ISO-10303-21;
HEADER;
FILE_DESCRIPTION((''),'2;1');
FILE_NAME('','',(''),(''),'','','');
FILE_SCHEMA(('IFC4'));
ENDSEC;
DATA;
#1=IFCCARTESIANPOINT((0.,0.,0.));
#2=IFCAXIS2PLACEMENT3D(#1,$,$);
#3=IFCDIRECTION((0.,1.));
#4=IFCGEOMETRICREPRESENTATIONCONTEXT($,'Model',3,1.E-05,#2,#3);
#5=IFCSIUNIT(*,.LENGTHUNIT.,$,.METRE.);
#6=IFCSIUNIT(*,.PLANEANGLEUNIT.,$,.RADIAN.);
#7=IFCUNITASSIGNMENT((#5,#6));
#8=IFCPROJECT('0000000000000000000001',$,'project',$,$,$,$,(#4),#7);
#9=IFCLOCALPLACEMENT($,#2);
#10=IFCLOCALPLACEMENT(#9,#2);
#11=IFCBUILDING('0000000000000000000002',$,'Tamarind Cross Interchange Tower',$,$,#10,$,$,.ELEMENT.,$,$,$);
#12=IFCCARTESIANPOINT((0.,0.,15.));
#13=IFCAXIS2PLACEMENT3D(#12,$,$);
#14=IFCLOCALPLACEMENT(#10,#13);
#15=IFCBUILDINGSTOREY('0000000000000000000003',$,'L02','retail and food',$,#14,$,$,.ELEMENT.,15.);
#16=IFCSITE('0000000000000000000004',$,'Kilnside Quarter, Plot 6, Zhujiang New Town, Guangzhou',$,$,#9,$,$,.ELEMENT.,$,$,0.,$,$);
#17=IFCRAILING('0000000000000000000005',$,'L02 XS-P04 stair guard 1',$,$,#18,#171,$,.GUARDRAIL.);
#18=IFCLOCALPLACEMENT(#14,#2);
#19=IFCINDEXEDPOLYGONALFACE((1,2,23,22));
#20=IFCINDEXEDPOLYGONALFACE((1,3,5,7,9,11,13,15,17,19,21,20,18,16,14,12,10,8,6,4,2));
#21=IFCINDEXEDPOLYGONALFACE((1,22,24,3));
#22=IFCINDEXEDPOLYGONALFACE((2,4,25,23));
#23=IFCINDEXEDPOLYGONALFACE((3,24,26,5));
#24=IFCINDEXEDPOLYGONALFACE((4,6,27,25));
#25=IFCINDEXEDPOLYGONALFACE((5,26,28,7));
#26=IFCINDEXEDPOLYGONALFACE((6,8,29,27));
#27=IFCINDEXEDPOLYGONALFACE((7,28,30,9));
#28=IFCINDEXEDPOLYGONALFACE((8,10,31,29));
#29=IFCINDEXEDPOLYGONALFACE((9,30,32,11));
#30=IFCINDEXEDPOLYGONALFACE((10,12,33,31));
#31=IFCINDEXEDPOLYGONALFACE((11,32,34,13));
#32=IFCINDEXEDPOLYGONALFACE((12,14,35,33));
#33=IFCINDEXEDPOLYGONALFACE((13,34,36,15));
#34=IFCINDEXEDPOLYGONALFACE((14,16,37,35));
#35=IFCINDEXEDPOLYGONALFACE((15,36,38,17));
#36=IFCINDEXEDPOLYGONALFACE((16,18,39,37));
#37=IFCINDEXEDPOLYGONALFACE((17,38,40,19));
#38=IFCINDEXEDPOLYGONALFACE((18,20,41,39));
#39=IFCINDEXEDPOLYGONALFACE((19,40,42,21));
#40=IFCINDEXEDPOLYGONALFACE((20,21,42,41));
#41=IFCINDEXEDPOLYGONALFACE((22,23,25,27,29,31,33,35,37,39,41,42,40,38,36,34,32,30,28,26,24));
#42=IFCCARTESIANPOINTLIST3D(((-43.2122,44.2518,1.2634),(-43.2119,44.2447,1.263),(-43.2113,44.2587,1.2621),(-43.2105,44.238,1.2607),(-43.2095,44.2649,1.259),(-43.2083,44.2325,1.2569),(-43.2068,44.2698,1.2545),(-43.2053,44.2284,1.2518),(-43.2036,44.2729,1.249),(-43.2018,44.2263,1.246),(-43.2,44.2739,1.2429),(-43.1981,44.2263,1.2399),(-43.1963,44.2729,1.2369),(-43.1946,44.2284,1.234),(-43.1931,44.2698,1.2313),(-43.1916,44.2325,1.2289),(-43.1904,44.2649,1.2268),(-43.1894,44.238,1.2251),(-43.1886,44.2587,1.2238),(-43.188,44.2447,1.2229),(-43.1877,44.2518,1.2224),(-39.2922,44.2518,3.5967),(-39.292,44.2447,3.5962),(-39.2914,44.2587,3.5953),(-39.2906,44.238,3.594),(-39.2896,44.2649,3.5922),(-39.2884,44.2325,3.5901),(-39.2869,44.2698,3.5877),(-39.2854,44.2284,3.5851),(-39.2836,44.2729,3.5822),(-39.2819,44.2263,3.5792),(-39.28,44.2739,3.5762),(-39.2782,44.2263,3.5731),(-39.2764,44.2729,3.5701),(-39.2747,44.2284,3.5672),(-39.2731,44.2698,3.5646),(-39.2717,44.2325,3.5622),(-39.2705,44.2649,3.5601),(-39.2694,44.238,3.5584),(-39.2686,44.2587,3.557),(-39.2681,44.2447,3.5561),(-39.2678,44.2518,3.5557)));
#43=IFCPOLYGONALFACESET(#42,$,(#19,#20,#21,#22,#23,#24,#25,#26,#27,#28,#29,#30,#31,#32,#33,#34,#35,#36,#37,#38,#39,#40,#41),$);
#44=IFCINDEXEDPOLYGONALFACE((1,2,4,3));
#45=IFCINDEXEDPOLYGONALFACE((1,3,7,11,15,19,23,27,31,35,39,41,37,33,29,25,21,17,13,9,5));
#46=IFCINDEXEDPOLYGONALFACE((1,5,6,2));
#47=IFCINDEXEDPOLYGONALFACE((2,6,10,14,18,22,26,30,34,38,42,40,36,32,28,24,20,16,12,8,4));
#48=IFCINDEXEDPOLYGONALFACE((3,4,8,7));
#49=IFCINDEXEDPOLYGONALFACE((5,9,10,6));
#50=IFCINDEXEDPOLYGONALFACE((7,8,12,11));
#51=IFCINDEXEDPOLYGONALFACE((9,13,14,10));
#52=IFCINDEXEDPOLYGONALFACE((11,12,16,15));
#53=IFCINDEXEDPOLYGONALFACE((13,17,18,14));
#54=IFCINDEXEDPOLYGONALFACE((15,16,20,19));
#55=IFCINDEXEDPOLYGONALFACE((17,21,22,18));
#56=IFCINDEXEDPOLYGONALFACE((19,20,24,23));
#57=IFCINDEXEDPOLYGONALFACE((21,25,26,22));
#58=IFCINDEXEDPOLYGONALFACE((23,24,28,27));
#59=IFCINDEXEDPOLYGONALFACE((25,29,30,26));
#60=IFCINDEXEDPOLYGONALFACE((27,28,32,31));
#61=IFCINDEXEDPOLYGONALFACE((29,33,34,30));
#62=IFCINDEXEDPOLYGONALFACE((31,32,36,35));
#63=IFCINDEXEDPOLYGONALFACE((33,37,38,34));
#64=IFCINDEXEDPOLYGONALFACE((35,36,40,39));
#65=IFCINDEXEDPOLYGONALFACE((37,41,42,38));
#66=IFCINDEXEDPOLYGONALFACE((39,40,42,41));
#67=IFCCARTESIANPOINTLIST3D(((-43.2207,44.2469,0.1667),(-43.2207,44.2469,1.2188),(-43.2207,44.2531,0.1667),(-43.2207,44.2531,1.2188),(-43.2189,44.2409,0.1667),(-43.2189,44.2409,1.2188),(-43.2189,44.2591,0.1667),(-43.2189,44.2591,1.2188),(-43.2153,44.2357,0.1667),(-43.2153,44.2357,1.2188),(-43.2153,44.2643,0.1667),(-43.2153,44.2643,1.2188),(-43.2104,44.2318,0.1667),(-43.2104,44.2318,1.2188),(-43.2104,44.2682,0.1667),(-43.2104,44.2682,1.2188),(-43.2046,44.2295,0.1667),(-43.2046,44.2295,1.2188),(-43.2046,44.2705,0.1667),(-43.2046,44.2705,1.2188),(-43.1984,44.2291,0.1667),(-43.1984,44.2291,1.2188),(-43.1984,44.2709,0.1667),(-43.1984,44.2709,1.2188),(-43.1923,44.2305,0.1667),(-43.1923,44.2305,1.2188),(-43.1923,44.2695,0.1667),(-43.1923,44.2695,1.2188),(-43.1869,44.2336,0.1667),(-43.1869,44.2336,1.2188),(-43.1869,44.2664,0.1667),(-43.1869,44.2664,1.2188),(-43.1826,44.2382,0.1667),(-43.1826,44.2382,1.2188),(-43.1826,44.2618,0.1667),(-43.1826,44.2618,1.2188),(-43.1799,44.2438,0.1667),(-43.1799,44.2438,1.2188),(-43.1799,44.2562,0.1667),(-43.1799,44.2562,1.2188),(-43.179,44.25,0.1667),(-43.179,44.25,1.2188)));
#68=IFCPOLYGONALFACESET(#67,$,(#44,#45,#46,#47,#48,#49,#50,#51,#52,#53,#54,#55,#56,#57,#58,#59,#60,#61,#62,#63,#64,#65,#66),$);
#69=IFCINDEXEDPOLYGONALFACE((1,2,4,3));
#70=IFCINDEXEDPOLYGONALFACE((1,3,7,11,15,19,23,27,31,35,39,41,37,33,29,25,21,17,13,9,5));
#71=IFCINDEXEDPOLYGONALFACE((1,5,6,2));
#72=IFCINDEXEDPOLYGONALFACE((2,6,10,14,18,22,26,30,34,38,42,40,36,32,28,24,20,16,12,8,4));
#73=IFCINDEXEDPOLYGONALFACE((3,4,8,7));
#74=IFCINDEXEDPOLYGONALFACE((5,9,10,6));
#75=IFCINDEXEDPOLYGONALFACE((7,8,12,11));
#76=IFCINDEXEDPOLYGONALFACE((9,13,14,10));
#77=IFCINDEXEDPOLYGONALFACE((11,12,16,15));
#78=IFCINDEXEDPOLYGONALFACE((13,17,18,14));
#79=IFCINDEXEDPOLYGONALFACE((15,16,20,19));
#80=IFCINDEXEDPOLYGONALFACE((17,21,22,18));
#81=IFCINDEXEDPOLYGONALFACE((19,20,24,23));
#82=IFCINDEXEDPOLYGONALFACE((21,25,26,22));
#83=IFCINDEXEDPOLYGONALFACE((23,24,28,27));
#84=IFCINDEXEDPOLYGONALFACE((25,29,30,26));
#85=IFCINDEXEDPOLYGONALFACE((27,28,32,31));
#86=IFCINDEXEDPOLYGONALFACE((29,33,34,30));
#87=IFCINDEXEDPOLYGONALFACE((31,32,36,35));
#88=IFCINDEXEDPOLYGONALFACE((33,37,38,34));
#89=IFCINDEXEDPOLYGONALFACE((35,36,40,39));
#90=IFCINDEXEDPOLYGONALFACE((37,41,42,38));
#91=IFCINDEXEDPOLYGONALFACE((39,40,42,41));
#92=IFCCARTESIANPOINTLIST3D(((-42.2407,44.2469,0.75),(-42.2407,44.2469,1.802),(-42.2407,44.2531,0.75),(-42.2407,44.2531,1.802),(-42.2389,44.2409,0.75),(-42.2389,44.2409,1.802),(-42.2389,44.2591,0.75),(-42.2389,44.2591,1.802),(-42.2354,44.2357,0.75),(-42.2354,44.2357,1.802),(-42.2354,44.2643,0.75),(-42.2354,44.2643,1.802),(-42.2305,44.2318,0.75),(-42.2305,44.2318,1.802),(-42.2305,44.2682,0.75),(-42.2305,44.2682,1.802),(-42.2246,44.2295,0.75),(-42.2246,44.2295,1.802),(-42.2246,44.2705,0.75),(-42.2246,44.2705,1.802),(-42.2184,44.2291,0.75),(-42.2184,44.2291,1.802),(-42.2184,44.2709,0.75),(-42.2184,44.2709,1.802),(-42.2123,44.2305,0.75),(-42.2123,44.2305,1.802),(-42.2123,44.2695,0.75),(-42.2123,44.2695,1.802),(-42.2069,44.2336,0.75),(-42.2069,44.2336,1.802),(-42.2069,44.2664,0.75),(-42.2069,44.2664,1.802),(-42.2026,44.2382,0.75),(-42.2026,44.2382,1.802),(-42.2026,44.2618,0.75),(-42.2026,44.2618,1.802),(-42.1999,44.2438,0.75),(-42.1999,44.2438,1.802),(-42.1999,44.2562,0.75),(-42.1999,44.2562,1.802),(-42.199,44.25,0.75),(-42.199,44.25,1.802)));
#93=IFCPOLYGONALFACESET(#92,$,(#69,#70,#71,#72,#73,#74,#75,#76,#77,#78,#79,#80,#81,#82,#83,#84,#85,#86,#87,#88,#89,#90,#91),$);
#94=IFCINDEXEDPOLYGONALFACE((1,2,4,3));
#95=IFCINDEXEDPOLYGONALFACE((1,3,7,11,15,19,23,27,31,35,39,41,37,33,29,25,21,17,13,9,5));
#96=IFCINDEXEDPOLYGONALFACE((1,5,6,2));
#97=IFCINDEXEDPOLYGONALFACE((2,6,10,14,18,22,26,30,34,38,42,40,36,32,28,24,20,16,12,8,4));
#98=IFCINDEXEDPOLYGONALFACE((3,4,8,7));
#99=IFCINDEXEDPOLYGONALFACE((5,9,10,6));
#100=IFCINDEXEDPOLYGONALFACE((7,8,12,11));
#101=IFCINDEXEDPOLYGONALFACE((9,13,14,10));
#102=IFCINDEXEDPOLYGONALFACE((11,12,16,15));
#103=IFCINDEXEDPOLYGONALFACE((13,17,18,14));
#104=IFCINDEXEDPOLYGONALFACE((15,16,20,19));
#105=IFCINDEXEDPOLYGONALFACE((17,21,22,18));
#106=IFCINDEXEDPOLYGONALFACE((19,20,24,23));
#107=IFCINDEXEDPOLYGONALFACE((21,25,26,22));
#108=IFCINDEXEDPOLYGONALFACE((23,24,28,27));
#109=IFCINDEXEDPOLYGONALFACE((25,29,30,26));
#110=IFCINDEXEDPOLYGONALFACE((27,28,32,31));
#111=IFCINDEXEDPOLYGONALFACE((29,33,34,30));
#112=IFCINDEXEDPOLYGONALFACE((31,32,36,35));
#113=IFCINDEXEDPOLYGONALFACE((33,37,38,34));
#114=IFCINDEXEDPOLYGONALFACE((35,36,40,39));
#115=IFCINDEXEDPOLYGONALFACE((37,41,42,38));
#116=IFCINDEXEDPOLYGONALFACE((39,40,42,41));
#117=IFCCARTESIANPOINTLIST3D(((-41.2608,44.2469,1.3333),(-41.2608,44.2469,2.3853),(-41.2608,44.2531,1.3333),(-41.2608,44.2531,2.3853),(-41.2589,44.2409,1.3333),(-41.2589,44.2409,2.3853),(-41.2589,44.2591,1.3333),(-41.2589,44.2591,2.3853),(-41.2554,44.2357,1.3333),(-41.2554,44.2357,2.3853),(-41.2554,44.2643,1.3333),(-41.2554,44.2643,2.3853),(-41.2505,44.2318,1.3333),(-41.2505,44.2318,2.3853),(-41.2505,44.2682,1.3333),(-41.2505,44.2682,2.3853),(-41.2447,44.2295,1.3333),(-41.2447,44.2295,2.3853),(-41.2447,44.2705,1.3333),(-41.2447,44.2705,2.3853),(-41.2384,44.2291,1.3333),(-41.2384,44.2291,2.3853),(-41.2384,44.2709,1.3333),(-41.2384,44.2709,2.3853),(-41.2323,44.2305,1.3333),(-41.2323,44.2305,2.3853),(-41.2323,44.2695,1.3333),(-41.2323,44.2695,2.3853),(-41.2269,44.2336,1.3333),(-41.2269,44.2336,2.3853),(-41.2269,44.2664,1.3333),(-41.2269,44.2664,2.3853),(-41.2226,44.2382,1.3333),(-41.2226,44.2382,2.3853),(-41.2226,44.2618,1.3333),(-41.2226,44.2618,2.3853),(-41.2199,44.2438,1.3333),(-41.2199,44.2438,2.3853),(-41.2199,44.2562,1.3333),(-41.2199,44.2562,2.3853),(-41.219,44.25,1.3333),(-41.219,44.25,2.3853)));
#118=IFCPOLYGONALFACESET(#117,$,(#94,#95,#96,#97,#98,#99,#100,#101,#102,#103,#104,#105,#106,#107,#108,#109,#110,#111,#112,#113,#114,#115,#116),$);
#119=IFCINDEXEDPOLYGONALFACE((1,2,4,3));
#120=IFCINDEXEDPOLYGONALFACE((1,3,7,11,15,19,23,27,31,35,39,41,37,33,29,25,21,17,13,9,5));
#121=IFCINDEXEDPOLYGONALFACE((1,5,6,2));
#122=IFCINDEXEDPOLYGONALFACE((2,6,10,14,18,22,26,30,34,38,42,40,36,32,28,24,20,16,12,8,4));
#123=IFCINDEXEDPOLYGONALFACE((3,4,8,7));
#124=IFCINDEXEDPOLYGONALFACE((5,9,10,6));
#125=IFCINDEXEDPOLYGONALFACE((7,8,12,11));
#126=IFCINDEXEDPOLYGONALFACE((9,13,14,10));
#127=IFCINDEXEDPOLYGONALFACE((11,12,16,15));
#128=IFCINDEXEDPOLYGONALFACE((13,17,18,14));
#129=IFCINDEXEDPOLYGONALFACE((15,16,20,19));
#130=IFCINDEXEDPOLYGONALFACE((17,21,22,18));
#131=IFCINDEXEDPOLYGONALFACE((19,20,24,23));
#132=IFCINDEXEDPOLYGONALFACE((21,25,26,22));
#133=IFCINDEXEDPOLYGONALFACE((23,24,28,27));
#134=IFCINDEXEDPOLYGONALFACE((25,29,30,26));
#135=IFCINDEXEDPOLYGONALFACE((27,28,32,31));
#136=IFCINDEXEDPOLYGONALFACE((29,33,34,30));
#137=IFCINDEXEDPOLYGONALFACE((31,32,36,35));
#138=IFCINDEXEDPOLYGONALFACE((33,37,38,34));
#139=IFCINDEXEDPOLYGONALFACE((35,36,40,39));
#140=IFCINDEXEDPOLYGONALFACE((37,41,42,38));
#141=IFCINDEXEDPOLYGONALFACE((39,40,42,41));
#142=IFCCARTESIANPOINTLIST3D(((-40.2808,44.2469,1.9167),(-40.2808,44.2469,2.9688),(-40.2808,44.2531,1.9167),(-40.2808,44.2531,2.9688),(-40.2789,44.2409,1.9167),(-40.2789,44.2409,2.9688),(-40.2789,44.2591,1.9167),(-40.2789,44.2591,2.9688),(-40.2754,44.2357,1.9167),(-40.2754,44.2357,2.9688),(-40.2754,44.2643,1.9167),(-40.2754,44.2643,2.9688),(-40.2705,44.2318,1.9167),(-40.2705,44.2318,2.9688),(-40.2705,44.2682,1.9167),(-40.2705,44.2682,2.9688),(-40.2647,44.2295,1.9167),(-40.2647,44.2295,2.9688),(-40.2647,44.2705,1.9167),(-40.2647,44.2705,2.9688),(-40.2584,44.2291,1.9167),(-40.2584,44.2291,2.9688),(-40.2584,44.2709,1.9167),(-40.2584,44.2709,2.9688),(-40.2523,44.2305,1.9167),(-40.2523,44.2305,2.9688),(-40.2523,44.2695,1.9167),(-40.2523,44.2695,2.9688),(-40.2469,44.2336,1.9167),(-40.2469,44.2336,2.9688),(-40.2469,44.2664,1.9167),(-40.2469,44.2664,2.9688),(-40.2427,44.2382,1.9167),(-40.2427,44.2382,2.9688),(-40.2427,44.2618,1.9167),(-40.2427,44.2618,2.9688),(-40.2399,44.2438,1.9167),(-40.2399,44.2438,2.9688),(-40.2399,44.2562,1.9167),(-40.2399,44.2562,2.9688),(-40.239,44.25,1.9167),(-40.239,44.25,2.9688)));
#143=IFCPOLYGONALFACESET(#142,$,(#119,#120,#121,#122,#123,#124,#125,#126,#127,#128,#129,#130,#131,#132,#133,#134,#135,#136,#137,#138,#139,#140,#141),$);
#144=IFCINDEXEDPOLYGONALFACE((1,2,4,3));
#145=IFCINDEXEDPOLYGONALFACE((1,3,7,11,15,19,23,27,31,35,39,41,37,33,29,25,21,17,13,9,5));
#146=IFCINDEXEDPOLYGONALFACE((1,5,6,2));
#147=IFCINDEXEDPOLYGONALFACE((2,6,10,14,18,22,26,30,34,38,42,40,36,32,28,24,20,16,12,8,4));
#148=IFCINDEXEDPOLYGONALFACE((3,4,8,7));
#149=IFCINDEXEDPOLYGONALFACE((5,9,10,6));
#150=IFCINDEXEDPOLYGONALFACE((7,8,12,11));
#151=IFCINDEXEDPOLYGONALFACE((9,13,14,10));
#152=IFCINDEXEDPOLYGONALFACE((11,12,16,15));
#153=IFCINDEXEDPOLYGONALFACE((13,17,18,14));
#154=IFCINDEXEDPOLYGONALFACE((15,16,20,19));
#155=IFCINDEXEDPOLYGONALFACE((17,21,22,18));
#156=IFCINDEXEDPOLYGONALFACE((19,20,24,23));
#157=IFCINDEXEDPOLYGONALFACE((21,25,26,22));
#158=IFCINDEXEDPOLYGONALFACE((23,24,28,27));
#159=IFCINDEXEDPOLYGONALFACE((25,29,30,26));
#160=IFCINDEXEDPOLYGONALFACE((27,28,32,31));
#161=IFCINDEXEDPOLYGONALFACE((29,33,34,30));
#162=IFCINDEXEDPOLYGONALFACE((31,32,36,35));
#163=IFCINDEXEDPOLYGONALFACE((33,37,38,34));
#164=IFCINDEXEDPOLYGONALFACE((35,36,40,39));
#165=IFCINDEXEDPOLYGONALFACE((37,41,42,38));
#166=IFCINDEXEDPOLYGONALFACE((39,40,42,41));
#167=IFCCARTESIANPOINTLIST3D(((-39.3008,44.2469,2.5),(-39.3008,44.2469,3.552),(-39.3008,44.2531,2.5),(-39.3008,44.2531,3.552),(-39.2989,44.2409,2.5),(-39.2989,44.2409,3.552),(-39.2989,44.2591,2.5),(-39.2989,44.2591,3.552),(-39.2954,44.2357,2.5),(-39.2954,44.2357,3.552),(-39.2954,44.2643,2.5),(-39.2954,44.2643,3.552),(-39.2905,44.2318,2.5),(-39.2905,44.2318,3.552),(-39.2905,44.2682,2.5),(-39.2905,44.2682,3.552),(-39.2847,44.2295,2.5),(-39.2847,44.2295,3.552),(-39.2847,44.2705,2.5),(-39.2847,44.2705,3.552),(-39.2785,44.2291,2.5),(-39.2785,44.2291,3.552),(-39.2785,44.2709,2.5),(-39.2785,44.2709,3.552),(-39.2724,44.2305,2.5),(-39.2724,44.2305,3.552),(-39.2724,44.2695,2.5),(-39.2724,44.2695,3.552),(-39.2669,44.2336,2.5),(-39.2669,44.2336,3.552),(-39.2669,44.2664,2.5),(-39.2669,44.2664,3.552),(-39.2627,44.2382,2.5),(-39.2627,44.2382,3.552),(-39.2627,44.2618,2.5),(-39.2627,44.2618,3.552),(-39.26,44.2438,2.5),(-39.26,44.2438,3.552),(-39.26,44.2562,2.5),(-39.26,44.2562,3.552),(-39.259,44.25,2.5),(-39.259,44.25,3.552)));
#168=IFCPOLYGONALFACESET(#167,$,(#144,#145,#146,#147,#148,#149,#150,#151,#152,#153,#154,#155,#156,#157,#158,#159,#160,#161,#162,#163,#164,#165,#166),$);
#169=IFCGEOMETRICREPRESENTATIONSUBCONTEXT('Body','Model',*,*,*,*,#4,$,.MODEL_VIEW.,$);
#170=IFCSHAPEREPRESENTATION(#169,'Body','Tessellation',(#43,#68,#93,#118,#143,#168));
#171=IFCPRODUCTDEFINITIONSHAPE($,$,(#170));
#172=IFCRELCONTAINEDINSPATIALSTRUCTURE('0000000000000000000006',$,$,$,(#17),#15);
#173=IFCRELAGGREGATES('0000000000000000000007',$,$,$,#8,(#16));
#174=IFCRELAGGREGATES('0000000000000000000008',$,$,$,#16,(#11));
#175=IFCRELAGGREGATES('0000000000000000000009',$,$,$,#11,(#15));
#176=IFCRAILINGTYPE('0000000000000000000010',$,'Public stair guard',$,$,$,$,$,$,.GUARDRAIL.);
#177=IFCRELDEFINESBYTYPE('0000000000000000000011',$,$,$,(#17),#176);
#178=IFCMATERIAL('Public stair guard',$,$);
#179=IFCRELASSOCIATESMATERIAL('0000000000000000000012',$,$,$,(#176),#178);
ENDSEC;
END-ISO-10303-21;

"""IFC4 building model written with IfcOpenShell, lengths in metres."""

from ifc_helpers import new_model, si_unit, direction, frame, origin, origin_2d, place, context, subcontext, project, spatial, circle, extrude, material, type_object, element, save


model = new_model("IFC4")

# Units and contexts
model_context = context("Model", 3, precision=1e-05, world=origin(), true_north=direction((0.0, 1.0)))
body_context = subcontext(model_context, "Body", "Model", "MODEL_VIEW")
ifc_project = project(units=[si_unit("LENGTHUNIT", "METRE"), si_unit("PLANEANGLEUNIT", "RADIAN")], contexts=[model_context])

# Site, building, storey
site_placement = place(None, origin())
site = spatial("IfcSite", under=ifc_project, at=site_placement, Name="Kilnside Quarter, Plot 6, Zhujiang New Town, Guangzhou", CompositionType="ELEMENT", RefElevation=0.0)
building_placement = place(site_placement, origin())
building = spatial("IfcBuilding", under=site, at=building_placement, Name="Tamarind Cross Interchange Tower", CompositionType="ELEMENT")
storey_placement = place(building_placement, frame((0.0, 0.0, 15.0)))
storey = spatial("IfcBuildingStorey", under=building, at=storey_placement, Name="L02", Description="retail and food", CompositionType="ELEMENT", Elevation=15.0)

# Railing
ifc_material_1 = material(Name="Public stair guard")
railing_type_1 = type_object("IfcRailingType", Name="Public stair guard", PredefinedType="GUARDRAIL", material=ifc_material_1)
railing_1_placement = place(storey_placement, frame((-43.2, 44.25, 0.1667)))
element("IfcRailing", 1, at=railing_1_placement, inside=storey, type_object=railing_type_1, Name="L02 XS-P04 stair guard 1", PredefinedType="GUARDRAIL", context=body_context, shape_type="SweptSolid", body=[
    extrude(circle(Radius=0.0239, at=origin_2d()), frame((0.0, 0.0, 1.0762), z_axis=(0.859296, 0.0, 0.511478), x_axis=(0.0, 1.0, 0.0)), (0.0, 0.0, 1.0), 4.5618),
    extrude(circle(Radius=0.021, at=origin_2d()), origin(), (0.0, 0.0, 1.0), 1.052),
    extrude(circle(Radius=0.021, at=origin_2d()), frame((0.98, 0.0, 0.5833)), (0.0, 0.0, 1.0), 1.052),
    extrude(circle(Radius=0.021, at=origin_2d()), frame((1.96, 0.0, 1.1665)), (0.0, 0.0, 1.0), 1.052),
    extrude(circle(Radius=0.021, at=origin_2d()), frame((2.9399, 0.0, 1.75)), (0.0, 0.0, 1.0), 1.052),
    extrude(circle(Radius=0.021, at=origin_2d()), frame((3.9199, 0.0, 2.3333)), (0.0, 0.0, 1.0), 1.052),
])

save(model, "model.ifc")
